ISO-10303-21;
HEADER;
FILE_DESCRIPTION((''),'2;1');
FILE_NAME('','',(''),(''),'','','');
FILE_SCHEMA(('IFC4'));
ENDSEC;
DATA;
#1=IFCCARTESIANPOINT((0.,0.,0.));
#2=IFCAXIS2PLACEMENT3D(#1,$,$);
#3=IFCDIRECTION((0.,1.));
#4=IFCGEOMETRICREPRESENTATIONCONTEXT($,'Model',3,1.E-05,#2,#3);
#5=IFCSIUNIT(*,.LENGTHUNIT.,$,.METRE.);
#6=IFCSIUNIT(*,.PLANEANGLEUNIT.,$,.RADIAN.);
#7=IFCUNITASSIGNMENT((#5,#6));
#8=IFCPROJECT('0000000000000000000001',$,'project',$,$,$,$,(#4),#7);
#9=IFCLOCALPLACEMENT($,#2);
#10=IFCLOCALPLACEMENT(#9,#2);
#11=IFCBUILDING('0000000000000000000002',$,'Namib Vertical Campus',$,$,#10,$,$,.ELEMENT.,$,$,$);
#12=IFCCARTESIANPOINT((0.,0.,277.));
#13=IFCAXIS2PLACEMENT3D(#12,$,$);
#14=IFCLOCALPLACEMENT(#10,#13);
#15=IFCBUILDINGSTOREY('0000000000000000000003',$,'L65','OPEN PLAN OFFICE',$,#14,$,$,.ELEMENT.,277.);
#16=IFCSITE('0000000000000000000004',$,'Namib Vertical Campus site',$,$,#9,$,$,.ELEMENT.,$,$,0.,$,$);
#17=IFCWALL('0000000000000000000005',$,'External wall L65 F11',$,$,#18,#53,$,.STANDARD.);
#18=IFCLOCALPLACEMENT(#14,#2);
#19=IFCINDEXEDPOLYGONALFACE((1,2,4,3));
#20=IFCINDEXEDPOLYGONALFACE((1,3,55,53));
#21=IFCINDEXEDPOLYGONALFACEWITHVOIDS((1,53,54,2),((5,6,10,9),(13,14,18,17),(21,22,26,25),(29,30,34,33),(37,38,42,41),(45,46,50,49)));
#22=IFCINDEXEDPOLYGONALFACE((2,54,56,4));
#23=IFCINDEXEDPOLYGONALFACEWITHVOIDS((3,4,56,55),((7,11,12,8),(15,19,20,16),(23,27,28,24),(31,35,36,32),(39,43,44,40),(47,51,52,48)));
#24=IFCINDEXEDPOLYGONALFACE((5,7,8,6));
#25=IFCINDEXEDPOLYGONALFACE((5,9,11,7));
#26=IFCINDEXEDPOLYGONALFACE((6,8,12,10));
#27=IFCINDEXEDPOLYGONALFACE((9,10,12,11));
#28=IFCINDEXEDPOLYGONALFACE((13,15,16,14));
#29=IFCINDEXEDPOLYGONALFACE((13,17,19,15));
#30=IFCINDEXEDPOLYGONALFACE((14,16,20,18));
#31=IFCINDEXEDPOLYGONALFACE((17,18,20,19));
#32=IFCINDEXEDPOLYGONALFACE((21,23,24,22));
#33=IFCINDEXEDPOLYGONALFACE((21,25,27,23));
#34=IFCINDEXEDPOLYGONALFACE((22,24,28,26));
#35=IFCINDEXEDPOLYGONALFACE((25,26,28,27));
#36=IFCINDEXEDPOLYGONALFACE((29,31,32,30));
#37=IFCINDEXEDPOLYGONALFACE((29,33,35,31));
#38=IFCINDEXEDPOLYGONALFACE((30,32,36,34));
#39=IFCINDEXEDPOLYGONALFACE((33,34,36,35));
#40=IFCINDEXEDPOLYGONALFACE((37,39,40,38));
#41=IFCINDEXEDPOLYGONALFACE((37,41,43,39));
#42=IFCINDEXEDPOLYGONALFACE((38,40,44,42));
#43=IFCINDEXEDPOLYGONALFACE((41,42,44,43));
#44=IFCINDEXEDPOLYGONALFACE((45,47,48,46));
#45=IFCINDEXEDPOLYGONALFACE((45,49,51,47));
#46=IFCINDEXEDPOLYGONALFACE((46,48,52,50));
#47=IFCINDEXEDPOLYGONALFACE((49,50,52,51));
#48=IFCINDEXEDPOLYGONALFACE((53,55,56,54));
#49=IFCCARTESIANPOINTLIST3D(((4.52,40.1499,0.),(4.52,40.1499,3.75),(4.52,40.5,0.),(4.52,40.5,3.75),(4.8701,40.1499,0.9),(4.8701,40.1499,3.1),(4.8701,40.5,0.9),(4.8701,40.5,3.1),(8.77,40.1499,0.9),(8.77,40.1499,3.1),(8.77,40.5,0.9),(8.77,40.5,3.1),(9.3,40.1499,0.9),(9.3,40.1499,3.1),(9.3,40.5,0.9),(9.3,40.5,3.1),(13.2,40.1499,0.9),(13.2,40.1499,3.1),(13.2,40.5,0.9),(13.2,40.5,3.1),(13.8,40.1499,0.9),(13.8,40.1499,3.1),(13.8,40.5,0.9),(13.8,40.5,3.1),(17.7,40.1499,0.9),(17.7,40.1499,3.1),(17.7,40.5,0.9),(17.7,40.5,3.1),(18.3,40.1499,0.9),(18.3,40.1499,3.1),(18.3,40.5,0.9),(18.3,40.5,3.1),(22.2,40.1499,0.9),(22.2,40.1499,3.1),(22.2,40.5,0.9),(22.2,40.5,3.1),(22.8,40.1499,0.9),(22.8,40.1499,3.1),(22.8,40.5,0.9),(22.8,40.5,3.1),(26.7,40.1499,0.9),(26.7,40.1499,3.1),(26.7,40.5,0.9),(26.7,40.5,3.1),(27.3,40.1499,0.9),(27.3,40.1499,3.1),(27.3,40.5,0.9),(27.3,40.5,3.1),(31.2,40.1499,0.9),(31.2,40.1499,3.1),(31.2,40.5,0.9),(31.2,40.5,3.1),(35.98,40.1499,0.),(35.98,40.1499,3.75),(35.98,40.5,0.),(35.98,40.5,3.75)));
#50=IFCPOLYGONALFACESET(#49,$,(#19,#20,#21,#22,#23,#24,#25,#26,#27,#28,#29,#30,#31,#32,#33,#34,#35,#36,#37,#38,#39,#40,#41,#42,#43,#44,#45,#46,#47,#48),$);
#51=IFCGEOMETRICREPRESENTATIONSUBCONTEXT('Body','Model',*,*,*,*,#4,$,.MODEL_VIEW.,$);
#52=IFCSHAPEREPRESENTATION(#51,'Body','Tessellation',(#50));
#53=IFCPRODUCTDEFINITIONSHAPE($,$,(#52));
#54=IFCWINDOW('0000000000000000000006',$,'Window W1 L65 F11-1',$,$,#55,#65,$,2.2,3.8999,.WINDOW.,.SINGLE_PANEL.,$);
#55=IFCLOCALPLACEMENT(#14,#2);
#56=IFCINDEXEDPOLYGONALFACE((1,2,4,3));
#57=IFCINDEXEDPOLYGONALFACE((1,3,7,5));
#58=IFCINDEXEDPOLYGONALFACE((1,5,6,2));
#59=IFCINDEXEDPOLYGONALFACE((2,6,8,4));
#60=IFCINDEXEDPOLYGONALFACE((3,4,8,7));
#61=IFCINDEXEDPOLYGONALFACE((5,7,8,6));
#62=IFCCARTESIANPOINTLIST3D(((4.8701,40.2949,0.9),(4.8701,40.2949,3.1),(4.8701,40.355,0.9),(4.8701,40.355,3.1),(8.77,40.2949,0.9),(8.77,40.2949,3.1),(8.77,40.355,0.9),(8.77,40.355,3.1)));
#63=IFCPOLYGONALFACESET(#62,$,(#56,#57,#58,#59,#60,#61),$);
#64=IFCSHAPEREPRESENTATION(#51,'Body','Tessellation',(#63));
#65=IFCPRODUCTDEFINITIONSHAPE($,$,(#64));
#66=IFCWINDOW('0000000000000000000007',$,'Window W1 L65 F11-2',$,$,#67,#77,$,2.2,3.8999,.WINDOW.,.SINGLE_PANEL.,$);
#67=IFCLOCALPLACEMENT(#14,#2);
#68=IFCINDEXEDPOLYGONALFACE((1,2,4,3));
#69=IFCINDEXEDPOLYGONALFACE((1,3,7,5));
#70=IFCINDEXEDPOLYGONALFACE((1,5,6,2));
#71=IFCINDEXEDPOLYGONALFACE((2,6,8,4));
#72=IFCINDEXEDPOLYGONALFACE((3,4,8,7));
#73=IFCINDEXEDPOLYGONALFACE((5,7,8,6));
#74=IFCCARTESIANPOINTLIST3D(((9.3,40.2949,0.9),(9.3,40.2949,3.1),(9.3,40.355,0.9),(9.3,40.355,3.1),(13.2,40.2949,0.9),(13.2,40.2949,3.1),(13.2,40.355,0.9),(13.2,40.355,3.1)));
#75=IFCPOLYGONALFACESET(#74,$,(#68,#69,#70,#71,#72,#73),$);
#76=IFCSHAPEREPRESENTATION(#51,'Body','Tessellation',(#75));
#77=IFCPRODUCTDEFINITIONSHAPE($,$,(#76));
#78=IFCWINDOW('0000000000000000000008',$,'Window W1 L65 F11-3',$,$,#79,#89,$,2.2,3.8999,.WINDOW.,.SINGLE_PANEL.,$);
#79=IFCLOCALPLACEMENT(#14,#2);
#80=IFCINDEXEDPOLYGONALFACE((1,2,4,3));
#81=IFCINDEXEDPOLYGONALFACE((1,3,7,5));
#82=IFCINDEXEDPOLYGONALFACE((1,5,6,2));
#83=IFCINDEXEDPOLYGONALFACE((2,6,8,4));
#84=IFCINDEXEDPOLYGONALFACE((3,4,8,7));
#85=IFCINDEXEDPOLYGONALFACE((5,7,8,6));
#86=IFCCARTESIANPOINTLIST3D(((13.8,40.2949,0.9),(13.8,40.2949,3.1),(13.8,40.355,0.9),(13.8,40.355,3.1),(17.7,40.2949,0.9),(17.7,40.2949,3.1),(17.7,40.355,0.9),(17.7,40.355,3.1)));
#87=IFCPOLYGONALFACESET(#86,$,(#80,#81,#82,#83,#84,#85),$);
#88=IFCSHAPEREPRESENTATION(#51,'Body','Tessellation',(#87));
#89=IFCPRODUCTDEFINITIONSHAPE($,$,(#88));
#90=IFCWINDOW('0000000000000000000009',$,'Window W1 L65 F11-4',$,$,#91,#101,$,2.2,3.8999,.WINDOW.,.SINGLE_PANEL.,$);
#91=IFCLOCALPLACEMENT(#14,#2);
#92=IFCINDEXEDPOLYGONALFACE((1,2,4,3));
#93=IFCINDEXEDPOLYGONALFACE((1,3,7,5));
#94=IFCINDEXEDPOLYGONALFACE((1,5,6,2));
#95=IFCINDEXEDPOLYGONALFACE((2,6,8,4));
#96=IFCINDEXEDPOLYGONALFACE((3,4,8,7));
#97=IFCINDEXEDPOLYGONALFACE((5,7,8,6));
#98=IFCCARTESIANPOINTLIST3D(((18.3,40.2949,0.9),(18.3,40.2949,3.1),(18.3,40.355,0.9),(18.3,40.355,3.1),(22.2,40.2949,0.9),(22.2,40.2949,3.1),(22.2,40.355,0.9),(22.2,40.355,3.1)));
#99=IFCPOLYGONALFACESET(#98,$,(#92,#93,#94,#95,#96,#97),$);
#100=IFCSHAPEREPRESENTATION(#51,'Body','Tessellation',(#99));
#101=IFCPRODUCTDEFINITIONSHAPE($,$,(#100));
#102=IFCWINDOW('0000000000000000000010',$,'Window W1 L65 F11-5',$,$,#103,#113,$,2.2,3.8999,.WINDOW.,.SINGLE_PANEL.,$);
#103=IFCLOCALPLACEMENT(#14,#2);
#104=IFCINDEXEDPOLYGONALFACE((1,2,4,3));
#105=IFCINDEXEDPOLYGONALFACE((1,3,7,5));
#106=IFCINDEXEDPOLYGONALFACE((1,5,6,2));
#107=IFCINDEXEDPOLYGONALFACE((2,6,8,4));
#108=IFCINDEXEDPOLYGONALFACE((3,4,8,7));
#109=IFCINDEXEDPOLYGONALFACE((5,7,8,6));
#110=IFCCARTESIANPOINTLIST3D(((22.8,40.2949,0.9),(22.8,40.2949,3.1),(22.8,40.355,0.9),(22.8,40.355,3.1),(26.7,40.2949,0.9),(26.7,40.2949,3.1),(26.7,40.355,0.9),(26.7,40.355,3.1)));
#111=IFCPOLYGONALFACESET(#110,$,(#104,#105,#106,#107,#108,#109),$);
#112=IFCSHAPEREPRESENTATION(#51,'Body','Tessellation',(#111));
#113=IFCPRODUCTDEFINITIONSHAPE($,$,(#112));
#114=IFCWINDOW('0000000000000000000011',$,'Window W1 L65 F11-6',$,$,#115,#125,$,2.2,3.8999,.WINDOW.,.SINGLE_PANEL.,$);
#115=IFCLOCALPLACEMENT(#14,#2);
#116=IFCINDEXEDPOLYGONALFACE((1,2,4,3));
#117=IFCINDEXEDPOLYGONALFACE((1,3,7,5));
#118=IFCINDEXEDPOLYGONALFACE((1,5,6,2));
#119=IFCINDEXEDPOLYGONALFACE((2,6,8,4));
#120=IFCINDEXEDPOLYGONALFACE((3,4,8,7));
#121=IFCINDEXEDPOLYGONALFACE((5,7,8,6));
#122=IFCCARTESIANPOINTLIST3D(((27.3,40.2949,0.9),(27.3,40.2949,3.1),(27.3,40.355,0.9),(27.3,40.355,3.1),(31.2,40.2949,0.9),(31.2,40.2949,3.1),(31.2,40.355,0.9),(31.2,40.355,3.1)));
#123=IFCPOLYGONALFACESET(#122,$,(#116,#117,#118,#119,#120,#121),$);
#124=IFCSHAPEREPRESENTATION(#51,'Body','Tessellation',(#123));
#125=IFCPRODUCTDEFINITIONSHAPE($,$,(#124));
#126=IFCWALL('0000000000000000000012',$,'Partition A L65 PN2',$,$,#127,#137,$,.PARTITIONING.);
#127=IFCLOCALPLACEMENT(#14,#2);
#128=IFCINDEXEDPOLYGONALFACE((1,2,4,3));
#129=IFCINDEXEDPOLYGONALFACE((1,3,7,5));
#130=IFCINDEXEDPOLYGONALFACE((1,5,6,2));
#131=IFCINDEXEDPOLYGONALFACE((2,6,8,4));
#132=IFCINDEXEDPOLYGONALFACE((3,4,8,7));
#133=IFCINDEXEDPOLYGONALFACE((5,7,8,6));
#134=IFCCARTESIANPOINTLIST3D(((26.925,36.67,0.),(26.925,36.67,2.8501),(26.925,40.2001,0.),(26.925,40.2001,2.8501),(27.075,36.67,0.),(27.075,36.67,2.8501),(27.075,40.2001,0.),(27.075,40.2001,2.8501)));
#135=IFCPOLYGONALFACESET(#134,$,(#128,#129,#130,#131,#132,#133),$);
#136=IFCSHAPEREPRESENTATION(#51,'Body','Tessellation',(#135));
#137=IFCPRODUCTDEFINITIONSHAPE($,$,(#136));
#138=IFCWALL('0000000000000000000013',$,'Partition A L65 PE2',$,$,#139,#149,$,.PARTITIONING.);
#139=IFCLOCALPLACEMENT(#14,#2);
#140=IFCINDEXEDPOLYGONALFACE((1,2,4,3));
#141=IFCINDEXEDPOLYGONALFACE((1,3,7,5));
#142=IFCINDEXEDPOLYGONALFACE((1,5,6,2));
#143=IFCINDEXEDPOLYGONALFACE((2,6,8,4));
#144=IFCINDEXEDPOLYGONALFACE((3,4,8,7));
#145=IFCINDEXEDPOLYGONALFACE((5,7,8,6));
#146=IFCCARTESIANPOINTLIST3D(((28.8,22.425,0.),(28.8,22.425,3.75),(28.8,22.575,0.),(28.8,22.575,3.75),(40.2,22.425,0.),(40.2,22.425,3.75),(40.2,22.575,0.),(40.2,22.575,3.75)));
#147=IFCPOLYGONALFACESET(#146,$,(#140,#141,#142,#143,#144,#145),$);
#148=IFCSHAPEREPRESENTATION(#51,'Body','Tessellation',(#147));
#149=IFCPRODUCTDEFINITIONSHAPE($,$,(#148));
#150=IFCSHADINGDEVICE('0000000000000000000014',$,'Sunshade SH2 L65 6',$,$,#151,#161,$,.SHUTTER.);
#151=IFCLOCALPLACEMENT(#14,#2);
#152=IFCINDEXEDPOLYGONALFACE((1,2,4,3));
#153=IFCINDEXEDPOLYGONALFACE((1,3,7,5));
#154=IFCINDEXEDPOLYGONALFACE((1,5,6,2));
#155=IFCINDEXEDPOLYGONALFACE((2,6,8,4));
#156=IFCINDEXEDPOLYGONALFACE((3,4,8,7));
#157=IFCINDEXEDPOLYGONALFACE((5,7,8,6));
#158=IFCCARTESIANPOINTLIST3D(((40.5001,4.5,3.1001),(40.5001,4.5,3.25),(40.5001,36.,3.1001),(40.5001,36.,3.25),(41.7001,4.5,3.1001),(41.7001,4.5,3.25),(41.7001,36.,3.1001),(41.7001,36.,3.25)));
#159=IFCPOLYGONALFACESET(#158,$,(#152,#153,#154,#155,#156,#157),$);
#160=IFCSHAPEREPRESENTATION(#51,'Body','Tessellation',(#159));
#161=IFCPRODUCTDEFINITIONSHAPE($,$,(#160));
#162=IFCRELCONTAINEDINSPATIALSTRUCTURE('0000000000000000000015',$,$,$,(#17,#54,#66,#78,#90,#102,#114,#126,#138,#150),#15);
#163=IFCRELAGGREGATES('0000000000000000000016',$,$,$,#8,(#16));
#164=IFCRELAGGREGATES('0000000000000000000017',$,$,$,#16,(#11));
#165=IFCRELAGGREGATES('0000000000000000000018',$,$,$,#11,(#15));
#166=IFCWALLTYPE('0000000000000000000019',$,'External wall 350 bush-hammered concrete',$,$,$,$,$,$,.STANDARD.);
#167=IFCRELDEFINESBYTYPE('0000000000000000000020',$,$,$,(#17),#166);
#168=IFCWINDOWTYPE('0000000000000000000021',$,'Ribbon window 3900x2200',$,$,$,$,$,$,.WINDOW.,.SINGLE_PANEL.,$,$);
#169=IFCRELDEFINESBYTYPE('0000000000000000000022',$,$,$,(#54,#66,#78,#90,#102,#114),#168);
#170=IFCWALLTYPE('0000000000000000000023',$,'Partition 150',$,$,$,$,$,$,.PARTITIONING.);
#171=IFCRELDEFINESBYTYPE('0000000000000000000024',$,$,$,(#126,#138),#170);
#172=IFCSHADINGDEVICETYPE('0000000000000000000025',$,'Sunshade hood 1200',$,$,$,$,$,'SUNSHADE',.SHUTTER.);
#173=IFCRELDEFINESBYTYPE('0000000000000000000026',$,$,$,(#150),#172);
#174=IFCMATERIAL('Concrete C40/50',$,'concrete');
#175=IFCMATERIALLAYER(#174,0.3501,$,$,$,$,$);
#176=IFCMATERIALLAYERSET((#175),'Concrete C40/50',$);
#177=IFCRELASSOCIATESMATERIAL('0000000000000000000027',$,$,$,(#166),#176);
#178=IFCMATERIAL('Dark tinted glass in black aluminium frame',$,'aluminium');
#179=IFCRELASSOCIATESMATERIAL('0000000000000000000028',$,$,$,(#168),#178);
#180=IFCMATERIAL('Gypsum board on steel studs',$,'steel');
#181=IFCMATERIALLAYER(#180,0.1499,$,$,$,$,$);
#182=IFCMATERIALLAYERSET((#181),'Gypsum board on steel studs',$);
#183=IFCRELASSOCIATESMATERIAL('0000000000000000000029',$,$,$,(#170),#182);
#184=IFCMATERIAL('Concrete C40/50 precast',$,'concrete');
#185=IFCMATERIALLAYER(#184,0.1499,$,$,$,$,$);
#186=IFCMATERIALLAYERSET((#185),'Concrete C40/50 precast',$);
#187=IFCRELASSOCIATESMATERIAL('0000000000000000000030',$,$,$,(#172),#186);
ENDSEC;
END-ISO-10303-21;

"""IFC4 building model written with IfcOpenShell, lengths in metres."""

from ifc_helpers import new_model, si_unit, direction, frame, frame_2d, origin, origin_2d, place, context, subcontext, project, spatial, rectangle, extrude, material, layer, layer_set, type_object, element, fill, save


model = new_model("IFC4")

# Units and contexts
model_context = context("Model", 3, precision=1e-05, world=origin(), true_north=direction((0.0, 1.0)))
body_context = subcontext(model_context, "Body", "Model", "MODEL_VIEW")
ifc_project = project(units=[si_unit("LENGTHUNIT", "METRE"), si_unit("PLANEANGLEUNIT", "RADIAN")], contexts=[model_context])

# Site, building, storey
site_placement = place(None, origin())
site = spatial("IfcSite", under=ifc_project, at=site_placement, Name="Namib Vertical Campus site", CompositionType="ELEMENT", RefElevation=0.0)
building_placement = place(site_placement, origin())
building = spatial("IfcBuilding", under=site, at=building_placement, Name="Namib Vertical Campus", CompositionType="ELEMENT")
storey_placement = place(building_placement, frame((0.0, 0.0, 277.0)))
storey = spatial("IfcBuildingStorey", under=building, at=storey_placement, Name="L65", Description="OPEN PLAN OFFICE", CompositionType="ELEMENT", Elevation=277.0)

# Shared definitions
ifc_material_1 = material(Name="Concrete C40/50", Category="concrete")
ifc_layer_1 = layer(ifc_material_1, 0.3501)
ifc_layer_set_1 = layer_set([ifc_layer_1], Name="Concrete C40/50")
wall_type_1 = type_object("IfcWallType", Name="External wall 350 bush-hammered concrete", PredefinedType="STANDARD", material=ifc_layer_set_1)

# Wall, openings, windows
wall_1_placement = place(storey_placement, frame((35.98, 40.325, 0.0), z_axis=(0.0, 0.0, 1.0), x_axis=(-1.0, 0.0, 0.0)))
wall_1 = element("IfcWall", 1, at=wall_1_placement, inside=storey, type_object=wall_type_1, Name="External wall L65 F11", PredefinedType="STANDARD", context=body_context, shape_type="SweptSolid", body=[
    extrude(rectangle(XDim=31.46, YDim=0.3501, at=frame_2d((15.73, 0.0))), origin(), (0.0, 0.0, 1.0), 3.75),
])
opening_1_placement = place(wall_1_placement, frame((27.21, 0.0, 0.8999)))
opening_1 = element("IfcOpeningElement", 2, at=opening_1_placement, cuts=wall_1, PredefinedType="OPENING", context=body_context, shape_type="SweptSolid", body=[
    extrude(rectangle(XDim=3.8999, YDim=2.2, at=frame_2d((1.95, 1.1001))), frame((0.0, 0.1851, 0.0), z_axis=(0.0, -1.0, 0.0), x_axis=(1.0, 0.0, 0.0)), (0.0, 0.0, 1.0), 0.3701),
])
opening_2_placement = place(wall_1_placement, frame((22.78, 0.0, 0.8999)))
opening_2 = element("IfcOpeningElement", 3, at=opening_2_placement, cuts=wall_1, PredefinedType="OPENING", context=body_context, shape_type="SweptSolid", body=[
    extrude(rectangle(XDim=3.8999, YDim=2.2, at=frame_2d((1.95, 1.1001))), frame((0.0, 0.1851, 0.0), z_axis=(0.0, -1.0, 0.0), x_axis=(1.0, 0.0, 0.0)), (0.0, 0.0, 1.0), 0.3701),
])
opening_3_placement = place(wall_1_placement, frame((18.28, 0.0, 0.8999)))
opening_3 = element("IfcOpeningElement", 4, at=opening_3_placement, cuts=wall_1, PredefinedType="OPENING", context=body_context, shape_type="SweptSolid", body=[
    extrude(rectangle(XDim=3.8999, YDim=2.2, at=frame_2d((1.95, 1.1001))), frame((0.0, 0.1851, 0.0), z_axis=(0.0, -1.0, 0.0), x_axis=(1.0, 0.0, 0.0)), (0.0, 0.0, 1.0), 0.3701),
])
opening_4_placement = place(wall_1_placement, frame((13.78, 0.0, 0.8999)))
opening_4 = element("IfcOpeningElement", 5, at=opening_4_placement, cuts=wall_1, PredefinedType="OPENING", context=body_context, shape_type="SweptSolid", body=[
    extrude(rectangle(XDim=3.8999, YDim=2.2, at=frame_2d((1.95, 1.1001))), frame((0.0, 0.1851, 0.0), z_axis=(0.0, -1.0, 0.0), x_axis=(1.0, 0.0, 0.0)), (0.0, 0.0, 1.0), 0.3701),
])
opening_5_placement = place(wall_1_placement, frame((9.28, 0.0, 0.8999)))
opening_5 = element("IfcOpeningElement", 6, at=opening_5_placement, cuts=wall_1, PredefinedType="OPENING", context=body_context, shape_type="SweptSolid", body=[
    extrude(rectangle(XDim=3.8999, YDim=2.2, at=frame_2d((1.95, 1.1001))), frame((0.0, 0.1851, 0.0), z_axis=(0.0, -1.0, 0.0), x_axis=(1.0, 0.0, 0.0)), (0.0, 0.0, 1.0), 0.3701),
])
opening_6_placement = place(wall_1_placement, frame((4.78, 0.0, 0.8999)))
opening_6 = element("IfcOpeningElement", 7, at=opening_6_placement, cuts=wall_1, PredefinedType="OPENING", context=body_context, shape_type="SweptSolid", body=[
    extrude(rectangle(XDim=3.8999, YDim=2.2, at=frame_2d((1.95, 1.1001))), frame((0.0, 0.1851, 0.0), z_axis=(0.0, -1.0, 0.0), x_axis=(1.0, 0.0, 0.0)), (0.0, 0.0, 1.0), 0.3701),
])
ifc_material_2 = material(Name="Dark tinted glass in black aluminium frame", Category="aluminium")
window_type = type_object("IfcWindowType", Name="Ribbon window 3900x2200", PartitioningType="SINGLE_PANEL", PredefinedType="WINDOW", material=ifc_material_2)
window_1_placement = place(opening_1_placement, origin())
window_1 = element("IfcWindow", 8, at=window_1_placement, inside=storey, type_object=window_type, Name="Window W1 L65 F11-1", OverallHeight=2.2, OverallWidth=3.8999, PartitioningType="SINGLE_PANEL", PredefinedType="WINDOW", context=body_context, shape_type="SweptSolid", body=[
    extrude(rectangle(XDim=3.8999, YDim=2.2, at=frame_2d((1.95, 1.1001))), frame((0.0, 0.03, 0.0), z_axis=(0.0, -1.0, 0.0), x_axis=(1.0, 0.0, 0.0)), (0.0, 0.0, 1.0), 0.0601),
])
fill(opening_1, window_1)
window_2_placement = place(opening_2_placement, origin())
window_2 = element("IfcWindow", 9, at=window_2_placement, inside=storey, type_object=window_type, Name="Window W1 L65 F11-2", OverallHeight=2.2, OverallWidth=3.8999, PartitioningType="SINGLE_PANEL", PredefinedType="WINDOW", context=body_context, shape_type="SweptSolid", body=[
    extrude(rectangle(XDim=3.8999, YDim=2.2, at=frame_2d((1.95, 1.1001))), frame((0.0, 0.03, 0.0), z_axis=(0.0, -1.0, 0.0), x_axis=(1.0, 0.0, 0.0)), (0.0, 0.0, 1.0), 0.0601),
])
fill(opening_2, window_2)
window_3_placement = place(opening_3_placement, origin())
window_3 = element("IfcWindow", 10, at=window_3_placement, inside=storey, type_object=window_type, Name="Window W1 L65 F11-3", OverallHeight=2.2, OverallWidth=3.8999, PartitioningType="SINGLE_PANEL", PredefinedType="WINDOW", context=body_context, shape_type="SweptSolid", body=[
    extrude(rectangle(XDim=3.8999, YDim=2.2, at=frame_2d((1.95, 1.1001))), frame((0.0, 0.03, 0.0), z_axis=(0.0, -1.0, 0.0), x_axis=(1.0, 0.0, 0.0)), (0.0, 0.0, 1.0), 0.0601),
])
fill(opening_3, window_3)
window_4_placement = place(opening_4_placement, origin())
window_4 = element("IfcWindow", 11, at=window_4_placement, inside=storey, type_object=window_type, Name="Window W1 L65 F11-4", OverallHeight=2.2, OverallWidth=3.8999, PartitioningType="SINGLE_PANEL", PredefinedType="WINDOW", context=body_context, shape_type="SweptSolid", body=[
    extrude(rectangle(XDim=3.8999, YDim=2.2, at=frame_2d((1.95, 1.1001))), frame((0.0, 0.03, 0.0), z_axis=(0.0, -1.0, 0.0), x_axis=(1.0, 0.0, 0.0)), (0.0, 0.0, 1.0), 0.0601),
])
fill(opening_4, window_4)
window_5_placement = place(opening_5_placement, origin())
window_5 = element("IfcWindow", 12, at=window_5_placement, inside=storey, type_object=window_type, Name="Window W1 L65 F11-5", OverallHeight=2.2, OverallWidth=3.8999, PartitioningType="SINGLE_PANEL", PredefinedType="WINDOW", context=body_context, shape_type="SweptSolid", body=[
    extrude(rectangle(XDim=3.8999, YDim=2.2, at=frame_2d((1.95, 1.1001))), frame((0.0, 0.03, 0.0), z_axis=(0.0, -1.0, 0.0), x_axis=(1.0, 0.0, 0.0)), (0.0, 0.0, 1.0), 0.0601),
])
fill(opening_5, window_5)
window_6_placement = place(opening_6_placement, origin())
window_6 = element("IfcWindow", 13, at=window_6_placement, inside=storey, type_object=window_type, Name="Window W1 L65 F11-6", OverallHeight=2.2, OverallWidth=3.8999, PartitioningType="SINGLE_PANEL", PredefinedType="WINDOW", context=body_context, shape_type="SweptSolid", body=[
    extrude(rectangle(XDim=3.8999, YDim=2.2, at=frame_2d((1.95, 1.1001))), frame((0.0, 0.03, 0.0), z_axis=(0.0, -1.0, 0.0), x_axis=(1.0, 0.0, 0.0)), (0.0, 0.0, 1.0), 0.0601),
])
fill(opening_6, window_6)

# Walls
ifc_material_3 = material(Name="Gypsum board on steel studs", Category="steel")
ifc_layer_2 = layer(ifc_material_3, 0.1499)
ifc_layer_set_2 = layer_set([ifc_layer_2], Name="Gypsum board on steel studs")
wall_type_2 = type_object("IfcWallType", Name="Partition 150", PredefinedType="PARTITIONING", material=ifc_layer_set_2)
wall_2_placement = place(storey_placement, frame((27.0, 36.6699, 0.0), z_axis=(0.0, 0.0, 1.0), x_axis=(0.0, 1.0, 0.0)))
element("IfcWall", 14, at=wall_2_placement, inside=storey, type_object=wall_type_2, Name="Partition A L65 PN2", PredefinedType="PARTITIONING", context=body_context, shape_type="SweptSolid", body=[
    extrude(rectangle(XDim=3.53, YDim=0.1499, at=frame_2d((1.7651, 0.0))), origin(), (0.0, 0.0, 1.0), 2.8501),
])
wall_3_placement = place(storey_placement, frame((28.8, 22.5, 0.0), z_axis=(0.0, 0.0, 1.0), x_axis=(1.0, 0.0, 0.0)))
element("IfcWall", 15, at=wall_3_placement, inside=storey, type_object=wall_type_2, Name="Partition A L65 PE2", PredefinedType="PARTITIONING", context=body_context, shape_type="SweptSolid", body=[
    extrude(rectangle(XDim=11.3999, YDim=0.1499, at=frame_2d((5.7, 0.0))), origin(), (0.0, 0.0, 1.0), 3.75),
])

# Shading device
ifc_material_4 = material(Name="Concrete C40/50 precast", Category="concrete")
ifc_layer_3 = layer(ifc_material_4, 0.1499)
ifc_layer_set_3 = layer_set([ifc_layer_3], Name="Concrete C40/50 precast")
shading_device_type = type_object("IfcShadingDeviceType", Name="Sunshade hood 1200", ElementType="SUNSHADE", PredefinedType="SHUTTER", material=ifc_layer_set_3)
shading_device_placement = place(storey_placement, frame((41.1001, 20.25, 3.1001), z_axis=(0.0, 0.0, 1.0), x_axis=(0.0, 1.0, 0.0)))
element("IfcShadingDevice", 16, at=shading_device_placement, inside=storey, type_object=shading_device_type, Name="Sunshade SH2 L65 6", PredefinedType="SHUTTER", context=body_context, shape_type="SweptSolid", body=[
    extrude(rectangle(XDim=31.5, YDim=1.2, at=origin_2d()), origin(), (0.0, 0.0, 1.0), 0.1499),
])

save(model, "model.ifc")
